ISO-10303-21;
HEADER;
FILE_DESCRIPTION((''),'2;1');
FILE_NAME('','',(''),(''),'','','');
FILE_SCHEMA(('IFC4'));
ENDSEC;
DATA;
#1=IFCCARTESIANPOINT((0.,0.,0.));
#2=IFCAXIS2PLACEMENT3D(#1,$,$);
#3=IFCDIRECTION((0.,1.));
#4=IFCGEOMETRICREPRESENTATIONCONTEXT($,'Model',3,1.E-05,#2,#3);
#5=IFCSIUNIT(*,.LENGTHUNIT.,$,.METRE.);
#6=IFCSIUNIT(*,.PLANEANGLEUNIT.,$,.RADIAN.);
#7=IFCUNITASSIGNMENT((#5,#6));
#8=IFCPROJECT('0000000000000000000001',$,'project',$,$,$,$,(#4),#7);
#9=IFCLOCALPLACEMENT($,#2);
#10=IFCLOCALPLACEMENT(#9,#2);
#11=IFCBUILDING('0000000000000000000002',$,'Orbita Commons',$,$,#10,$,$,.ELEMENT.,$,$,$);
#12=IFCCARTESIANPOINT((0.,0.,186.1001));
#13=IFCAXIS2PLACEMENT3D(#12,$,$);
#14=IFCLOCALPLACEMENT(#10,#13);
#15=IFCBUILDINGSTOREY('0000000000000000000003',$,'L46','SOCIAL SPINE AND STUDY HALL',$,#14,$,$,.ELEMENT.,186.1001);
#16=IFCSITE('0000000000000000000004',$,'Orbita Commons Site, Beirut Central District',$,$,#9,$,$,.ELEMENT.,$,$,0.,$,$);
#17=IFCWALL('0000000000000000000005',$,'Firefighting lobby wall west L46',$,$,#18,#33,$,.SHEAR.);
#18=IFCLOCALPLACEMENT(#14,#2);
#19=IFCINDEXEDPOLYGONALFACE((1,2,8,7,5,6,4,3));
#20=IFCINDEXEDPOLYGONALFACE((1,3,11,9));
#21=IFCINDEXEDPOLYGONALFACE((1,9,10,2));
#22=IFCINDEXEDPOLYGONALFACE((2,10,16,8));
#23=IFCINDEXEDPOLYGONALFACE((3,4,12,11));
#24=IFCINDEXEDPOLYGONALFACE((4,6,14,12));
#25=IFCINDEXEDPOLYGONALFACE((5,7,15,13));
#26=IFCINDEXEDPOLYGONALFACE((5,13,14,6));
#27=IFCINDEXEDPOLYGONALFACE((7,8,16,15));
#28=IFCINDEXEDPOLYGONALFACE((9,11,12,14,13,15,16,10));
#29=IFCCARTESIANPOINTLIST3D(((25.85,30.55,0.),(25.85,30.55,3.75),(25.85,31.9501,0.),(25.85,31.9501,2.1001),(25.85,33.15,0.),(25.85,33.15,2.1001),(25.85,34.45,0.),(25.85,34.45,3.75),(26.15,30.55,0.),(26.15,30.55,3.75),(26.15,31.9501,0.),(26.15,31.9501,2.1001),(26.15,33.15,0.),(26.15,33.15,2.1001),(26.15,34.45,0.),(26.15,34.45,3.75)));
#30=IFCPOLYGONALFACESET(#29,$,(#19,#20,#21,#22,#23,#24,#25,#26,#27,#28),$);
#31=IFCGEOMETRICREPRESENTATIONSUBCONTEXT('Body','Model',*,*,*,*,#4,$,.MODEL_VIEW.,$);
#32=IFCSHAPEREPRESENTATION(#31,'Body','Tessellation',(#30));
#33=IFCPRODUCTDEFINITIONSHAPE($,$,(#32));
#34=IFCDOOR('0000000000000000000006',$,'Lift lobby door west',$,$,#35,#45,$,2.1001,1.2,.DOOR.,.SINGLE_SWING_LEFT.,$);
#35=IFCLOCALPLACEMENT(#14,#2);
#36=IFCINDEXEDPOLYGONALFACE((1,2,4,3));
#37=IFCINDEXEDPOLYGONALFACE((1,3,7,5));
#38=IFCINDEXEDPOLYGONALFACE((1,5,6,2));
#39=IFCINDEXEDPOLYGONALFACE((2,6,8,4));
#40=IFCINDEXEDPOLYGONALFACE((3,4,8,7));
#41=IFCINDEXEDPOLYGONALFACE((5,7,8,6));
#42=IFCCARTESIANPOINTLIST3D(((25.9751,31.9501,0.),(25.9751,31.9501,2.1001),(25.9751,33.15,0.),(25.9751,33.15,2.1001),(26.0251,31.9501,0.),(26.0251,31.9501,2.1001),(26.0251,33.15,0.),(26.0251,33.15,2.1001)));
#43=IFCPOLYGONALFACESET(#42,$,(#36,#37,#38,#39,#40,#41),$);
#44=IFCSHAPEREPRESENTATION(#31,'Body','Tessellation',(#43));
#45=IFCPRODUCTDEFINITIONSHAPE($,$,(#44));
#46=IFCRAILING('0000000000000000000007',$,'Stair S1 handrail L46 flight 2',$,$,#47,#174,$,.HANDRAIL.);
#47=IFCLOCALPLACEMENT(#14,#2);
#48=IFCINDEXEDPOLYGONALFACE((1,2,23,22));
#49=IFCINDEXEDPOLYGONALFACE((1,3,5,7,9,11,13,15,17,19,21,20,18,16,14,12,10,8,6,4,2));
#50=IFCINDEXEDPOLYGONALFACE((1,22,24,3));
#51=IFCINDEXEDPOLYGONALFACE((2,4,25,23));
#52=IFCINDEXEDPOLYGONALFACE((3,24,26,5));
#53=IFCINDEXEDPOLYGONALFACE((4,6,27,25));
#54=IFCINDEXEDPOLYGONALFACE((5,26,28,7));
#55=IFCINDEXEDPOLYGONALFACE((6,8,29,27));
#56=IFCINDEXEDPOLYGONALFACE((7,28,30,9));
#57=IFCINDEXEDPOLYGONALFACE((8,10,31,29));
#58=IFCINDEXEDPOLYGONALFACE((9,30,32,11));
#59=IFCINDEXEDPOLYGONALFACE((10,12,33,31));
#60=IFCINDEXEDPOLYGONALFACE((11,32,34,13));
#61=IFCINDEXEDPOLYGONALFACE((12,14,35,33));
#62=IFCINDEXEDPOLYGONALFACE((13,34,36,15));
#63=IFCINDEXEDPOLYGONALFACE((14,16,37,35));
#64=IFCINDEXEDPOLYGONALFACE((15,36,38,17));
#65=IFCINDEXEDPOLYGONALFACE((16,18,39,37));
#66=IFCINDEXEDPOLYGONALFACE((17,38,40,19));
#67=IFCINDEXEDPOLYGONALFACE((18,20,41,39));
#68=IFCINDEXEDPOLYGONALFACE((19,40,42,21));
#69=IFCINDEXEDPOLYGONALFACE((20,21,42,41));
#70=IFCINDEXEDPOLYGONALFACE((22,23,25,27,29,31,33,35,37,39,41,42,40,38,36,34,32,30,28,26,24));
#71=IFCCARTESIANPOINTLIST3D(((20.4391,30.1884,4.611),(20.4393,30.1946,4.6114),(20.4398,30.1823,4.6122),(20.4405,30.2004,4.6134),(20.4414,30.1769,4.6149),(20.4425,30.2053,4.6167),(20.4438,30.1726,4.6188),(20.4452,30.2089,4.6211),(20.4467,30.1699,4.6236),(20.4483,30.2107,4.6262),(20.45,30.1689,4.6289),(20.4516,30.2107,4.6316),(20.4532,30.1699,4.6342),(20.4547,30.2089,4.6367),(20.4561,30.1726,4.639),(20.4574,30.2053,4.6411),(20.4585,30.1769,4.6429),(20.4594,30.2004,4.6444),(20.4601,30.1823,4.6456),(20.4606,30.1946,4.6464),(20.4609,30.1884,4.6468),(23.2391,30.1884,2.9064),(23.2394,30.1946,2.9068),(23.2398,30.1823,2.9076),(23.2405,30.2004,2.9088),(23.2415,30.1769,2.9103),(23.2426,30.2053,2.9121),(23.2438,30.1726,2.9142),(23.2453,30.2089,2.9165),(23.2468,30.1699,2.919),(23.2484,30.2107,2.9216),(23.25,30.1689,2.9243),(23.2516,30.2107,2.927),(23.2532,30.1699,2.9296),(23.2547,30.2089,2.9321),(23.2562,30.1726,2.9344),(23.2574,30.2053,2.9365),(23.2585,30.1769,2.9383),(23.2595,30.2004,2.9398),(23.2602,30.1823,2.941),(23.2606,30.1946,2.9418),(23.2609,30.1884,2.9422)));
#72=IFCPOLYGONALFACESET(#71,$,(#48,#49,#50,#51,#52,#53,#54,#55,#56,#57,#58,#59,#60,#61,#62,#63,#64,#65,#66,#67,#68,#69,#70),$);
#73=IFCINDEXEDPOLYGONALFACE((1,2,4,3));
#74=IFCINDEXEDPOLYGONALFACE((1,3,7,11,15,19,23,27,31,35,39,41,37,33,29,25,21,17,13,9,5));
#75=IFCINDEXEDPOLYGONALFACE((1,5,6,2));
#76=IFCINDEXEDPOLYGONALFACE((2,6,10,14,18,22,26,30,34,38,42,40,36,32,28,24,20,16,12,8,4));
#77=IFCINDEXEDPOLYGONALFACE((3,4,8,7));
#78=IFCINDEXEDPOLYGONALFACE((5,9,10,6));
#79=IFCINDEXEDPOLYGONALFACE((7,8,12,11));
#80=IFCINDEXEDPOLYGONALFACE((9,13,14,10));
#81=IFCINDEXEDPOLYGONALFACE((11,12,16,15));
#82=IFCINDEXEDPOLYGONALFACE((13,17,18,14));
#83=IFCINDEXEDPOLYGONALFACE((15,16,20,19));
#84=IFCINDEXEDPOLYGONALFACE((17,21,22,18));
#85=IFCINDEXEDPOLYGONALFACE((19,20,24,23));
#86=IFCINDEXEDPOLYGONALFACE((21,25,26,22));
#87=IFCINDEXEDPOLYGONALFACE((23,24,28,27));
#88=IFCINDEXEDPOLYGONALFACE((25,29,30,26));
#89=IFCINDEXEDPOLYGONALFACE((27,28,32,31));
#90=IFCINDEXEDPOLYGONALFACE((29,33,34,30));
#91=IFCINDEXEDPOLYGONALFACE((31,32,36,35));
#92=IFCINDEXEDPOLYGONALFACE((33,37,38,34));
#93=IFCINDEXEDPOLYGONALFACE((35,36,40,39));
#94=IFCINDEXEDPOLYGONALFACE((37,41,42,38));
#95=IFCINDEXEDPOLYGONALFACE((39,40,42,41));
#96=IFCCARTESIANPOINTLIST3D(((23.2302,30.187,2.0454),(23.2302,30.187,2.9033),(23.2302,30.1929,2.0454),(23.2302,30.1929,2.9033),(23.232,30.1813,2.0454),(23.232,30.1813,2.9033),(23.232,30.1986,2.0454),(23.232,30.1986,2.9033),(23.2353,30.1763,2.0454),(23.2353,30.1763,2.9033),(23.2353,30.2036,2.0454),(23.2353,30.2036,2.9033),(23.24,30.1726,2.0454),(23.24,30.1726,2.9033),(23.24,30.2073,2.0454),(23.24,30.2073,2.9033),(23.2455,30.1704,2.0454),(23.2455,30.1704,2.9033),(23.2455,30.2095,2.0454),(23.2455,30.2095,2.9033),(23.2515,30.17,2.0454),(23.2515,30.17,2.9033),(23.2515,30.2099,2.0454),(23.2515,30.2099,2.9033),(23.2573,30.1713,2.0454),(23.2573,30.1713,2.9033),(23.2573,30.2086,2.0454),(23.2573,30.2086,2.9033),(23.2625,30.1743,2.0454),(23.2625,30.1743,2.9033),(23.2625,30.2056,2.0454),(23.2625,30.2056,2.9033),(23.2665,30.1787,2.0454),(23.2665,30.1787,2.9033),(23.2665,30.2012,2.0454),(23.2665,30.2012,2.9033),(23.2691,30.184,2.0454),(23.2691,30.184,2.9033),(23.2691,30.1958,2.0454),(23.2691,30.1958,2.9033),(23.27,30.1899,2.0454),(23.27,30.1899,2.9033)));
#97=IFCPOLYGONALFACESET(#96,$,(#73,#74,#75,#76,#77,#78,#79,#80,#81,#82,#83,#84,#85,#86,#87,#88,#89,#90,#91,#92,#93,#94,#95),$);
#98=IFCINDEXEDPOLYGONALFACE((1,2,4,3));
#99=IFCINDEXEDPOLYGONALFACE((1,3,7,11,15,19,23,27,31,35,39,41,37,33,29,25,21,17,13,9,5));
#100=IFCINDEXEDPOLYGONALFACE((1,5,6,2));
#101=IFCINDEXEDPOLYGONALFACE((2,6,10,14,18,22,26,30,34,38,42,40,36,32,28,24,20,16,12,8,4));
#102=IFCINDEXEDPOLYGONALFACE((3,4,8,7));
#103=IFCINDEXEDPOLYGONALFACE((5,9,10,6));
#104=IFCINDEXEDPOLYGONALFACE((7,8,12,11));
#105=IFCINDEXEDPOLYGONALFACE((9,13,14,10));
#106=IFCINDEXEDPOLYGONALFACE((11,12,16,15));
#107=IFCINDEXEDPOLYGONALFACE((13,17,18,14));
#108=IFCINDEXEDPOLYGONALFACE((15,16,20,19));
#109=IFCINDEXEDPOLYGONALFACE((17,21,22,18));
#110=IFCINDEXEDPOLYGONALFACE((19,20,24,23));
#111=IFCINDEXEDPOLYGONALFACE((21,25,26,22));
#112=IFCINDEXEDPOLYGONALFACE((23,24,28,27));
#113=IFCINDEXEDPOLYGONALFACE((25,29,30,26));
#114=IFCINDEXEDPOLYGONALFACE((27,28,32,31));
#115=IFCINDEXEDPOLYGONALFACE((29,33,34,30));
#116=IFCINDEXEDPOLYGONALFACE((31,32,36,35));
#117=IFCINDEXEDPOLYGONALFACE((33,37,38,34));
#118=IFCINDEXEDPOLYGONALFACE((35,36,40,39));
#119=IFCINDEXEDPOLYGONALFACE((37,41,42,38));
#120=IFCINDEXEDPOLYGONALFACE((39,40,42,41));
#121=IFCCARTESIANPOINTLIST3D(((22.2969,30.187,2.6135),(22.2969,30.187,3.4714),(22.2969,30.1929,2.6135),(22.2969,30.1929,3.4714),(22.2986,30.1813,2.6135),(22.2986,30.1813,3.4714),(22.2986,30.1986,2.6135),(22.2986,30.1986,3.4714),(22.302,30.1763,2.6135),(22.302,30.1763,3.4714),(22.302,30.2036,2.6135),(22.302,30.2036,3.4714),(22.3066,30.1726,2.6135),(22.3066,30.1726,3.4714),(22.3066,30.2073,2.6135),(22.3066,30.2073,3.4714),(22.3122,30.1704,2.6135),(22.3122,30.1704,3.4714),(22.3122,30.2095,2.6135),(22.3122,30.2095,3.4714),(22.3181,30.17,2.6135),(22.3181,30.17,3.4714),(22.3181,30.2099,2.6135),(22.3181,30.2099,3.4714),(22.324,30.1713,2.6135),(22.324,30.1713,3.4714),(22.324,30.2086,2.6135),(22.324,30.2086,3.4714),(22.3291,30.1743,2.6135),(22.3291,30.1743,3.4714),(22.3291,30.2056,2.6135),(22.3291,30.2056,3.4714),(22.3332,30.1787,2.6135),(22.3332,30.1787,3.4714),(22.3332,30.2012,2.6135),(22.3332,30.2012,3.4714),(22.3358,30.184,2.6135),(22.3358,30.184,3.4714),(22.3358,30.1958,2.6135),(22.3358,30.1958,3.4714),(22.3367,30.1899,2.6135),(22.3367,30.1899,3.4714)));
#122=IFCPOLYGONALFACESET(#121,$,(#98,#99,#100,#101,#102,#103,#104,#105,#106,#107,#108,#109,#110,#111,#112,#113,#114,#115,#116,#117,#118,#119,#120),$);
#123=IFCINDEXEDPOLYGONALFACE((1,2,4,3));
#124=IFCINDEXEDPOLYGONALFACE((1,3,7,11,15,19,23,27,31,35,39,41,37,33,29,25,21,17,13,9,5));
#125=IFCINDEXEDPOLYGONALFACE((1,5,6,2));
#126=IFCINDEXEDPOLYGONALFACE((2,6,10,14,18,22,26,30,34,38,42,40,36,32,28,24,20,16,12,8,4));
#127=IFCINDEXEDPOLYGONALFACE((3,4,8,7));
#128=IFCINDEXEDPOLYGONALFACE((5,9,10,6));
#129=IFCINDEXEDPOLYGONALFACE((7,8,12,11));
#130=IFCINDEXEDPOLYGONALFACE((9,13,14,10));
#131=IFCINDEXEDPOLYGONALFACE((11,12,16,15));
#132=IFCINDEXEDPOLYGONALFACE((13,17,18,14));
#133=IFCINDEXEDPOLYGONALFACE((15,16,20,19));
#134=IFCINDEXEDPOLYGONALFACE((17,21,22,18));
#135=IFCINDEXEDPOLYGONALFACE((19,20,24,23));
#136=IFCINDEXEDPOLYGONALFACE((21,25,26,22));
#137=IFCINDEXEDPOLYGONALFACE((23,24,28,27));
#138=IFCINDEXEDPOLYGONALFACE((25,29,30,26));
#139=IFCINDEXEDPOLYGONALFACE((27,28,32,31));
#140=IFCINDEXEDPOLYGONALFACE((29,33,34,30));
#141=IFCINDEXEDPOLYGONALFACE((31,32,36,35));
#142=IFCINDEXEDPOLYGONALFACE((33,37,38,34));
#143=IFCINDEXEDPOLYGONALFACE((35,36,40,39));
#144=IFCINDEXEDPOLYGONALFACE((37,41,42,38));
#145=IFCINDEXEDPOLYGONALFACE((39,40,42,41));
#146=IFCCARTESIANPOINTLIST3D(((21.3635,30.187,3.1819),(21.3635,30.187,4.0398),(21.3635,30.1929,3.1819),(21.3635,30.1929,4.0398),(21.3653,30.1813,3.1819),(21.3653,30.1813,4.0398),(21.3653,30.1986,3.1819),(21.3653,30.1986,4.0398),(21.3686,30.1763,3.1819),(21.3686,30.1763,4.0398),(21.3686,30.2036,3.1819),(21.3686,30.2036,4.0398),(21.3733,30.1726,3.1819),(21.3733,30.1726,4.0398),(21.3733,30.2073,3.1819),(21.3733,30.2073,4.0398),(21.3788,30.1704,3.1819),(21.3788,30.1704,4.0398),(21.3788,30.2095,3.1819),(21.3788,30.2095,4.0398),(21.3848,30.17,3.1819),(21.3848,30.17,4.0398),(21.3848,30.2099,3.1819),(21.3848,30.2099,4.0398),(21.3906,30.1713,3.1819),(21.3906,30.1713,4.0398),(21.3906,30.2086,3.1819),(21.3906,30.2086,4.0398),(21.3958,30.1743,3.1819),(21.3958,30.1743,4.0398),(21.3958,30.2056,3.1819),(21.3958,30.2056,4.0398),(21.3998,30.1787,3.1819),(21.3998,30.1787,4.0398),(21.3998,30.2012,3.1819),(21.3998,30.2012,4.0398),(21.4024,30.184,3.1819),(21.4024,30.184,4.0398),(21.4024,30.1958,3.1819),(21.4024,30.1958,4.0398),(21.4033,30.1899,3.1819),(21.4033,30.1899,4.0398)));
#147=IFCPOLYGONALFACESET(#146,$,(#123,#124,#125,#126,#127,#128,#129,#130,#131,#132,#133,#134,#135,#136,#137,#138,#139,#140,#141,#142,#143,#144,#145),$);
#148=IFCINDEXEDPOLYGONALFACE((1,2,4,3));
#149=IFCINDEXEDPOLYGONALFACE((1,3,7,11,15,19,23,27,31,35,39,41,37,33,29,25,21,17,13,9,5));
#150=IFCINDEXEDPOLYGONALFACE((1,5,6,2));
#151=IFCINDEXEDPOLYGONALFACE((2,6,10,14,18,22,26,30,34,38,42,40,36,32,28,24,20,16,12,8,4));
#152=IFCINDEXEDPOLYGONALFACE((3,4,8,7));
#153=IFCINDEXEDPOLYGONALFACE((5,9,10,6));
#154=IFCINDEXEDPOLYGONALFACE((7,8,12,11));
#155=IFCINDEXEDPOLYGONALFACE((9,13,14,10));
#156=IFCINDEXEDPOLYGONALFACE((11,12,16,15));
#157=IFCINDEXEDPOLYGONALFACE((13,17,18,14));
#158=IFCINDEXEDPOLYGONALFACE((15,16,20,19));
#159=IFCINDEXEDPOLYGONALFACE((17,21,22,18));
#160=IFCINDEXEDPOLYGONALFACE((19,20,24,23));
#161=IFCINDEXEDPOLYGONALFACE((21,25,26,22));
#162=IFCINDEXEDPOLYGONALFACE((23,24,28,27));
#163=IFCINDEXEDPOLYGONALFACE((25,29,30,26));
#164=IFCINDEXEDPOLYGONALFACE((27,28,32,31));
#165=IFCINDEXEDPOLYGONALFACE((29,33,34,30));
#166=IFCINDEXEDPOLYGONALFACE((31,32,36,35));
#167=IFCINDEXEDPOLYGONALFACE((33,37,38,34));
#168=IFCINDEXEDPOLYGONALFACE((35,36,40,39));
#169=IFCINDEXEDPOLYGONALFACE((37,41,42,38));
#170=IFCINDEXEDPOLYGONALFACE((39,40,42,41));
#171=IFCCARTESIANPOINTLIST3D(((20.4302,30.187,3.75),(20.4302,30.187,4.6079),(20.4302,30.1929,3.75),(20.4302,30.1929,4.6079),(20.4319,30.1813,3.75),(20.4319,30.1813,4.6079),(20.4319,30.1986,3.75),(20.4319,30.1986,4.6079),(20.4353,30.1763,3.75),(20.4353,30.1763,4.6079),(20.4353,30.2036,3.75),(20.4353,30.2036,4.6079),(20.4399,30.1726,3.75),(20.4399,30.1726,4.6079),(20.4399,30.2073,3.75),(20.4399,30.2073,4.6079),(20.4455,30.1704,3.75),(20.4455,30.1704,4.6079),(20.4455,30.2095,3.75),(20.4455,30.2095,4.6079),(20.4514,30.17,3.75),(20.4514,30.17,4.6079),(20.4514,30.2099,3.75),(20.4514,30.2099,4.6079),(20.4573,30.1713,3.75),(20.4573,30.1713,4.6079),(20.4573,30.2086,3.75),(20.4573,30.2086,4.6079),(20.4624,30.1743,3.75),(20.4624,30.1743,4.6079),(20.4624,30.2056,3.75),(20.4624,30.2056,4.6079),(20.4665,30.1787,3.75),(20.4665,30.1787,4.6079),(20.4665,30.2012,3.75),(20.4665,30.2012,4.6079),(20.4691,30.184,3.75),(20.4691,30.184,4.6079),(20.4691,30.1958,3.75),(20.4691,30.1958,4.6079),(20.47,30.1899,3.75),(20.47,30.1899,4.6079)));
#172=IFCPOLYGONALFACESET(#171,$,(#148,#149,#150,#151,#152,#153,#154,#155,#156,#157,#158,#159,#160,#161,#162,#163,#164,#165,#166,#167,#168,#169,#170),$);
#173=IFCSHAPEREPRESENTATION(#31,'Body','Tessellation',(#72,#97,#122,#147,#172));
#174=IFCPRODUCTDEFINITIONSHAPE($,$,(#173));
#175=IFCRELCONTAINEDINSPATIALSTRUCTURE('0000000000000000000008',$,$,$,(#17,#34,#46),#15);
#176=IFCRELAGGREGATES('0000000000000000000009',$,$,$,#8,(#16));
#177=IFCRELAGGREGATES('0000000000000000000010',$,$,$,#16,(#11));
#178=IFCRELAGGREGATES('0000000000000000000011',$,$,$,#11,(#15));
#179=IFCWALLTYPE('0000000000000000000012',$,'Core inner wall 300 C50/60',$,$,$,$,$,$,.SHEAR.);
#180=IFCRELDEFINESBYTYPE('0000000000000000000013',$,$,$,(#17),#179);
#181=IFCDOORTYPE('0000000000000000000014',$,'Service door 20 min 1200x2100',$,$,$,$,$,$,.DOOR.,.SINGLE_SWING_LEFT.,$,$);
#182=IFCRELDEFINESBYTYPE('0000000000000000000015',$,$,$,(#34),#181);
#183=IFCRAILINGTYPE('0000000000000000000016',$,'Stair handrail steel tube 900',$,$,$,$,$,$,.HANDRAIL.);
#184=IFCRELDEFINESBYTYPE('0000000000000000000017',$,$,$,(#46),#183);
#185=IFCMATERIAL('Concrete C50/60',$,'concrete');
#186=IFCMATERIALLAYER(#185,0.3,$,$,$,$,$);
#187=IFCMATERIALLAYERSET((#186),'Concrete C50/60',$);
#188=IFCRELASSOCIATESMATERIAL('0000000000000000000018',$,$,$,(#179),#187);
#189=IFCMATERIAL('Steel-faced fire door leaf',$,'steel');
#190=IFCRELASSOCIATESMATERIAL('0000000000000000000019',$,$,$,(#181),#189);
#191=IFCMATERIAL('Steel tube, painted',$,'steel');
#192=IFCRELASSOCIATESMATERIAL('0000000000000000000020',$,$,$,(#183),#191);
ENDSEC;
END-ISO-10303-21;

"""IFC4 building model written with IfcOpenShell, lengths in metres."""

from ifc_helpers import new_model, si_unit, direction, frame, frame_2d, origin, origin_2d, place, context, subcontext, project, spatial, rectangle, circle, extrude, material, layer, layer_set, type_object, element, fill, save


model = new_model("IFC4")

# Units and contexts
model_context = context("Model", 3, precision=1e-05, world=origin(), true_north=direction((0.0, 1.0)))
body_context = subcontext(model_context, "Body", "Model", "MODEL_VIEW")
ifc_project = project(units=[si_unit("LENGTHUNIT", "METRE"), si_unit("PLANEANGLEUNIT", "RADIAN")], contexts=[model_context])

# Site, building, storey
site_placement = place(None, origin())
site = spatial("IfcSite", under=ifc_project, at=site_placement, Name="Orbita Commons Site, Beirut Central District", CompositionType="ELEMENT", RefElevation=0.0)
building_placement = place(site_placement, origin())
building = spatial("IfcBuilding", under=site, at=building_placement, Name="Orbita Commons", CompositionType="ELEMENT")
storey_placement = place(building_placement, frame((0.0, 0.0, 186.1001)))
storey = spatial("IfcBuildingStorey", under=building, at=storey_placement, Name="L46", Description="SOCIAL SPINE AND STUDY HALL", CompositionType="ELEMENT", Elevation=186.1001)

# Shared definitions
ifc_material_1 = material(Name="Concrete C50/60", Category="concrete")
ifc_layer = layer(ifc_material_1, 0.3)
ifc_layer_set = layer_set([ifc_layer], Name="Concrete C50/60")
wall_type = type_object("IfcWallType", Name="Core inner wall 300 C50/60", PredefinedType="SHEAR", material=ifc_layer_set)

# Wall, opening, door
wall_1_placement = place(storey_placement, frame((26.0, 30.55, 0.0), z_axis=(0.0, 0.0, 1.0), x_axis=(0.0, 1.0, 0.0)))
wall_1 = element("IfcWall", 1, at=wall_1_placement, inside=storey, type_object=wall_type, Name="Firefighting lobby wall west L46", PredefinedType="SHEAR", context=body_context, shape_type="SweptSolid", body=[
    extrude(rectangle(XDim=3.8999, YDim=0.3, at=frame_2d((1.95, 0.0))), origin(), (0.0, 0.0, 1.0), 3.75),
])
opening_1_placement = place(wall_1_placement, frame((1.3999, 0.0, 0.0)))
opening_1 = element("IfcOpeningElement", 2, at=opening_1_placement, cuts=wall_1, PredefinedType="OPENING", context=body_context, shape_type="SweptSolid", body=[
    extrude(rectangle(XDim=1.2, YDim=2.1001, at=frame_2d((0.6001, 1.05))), frame((0.0, 0.1599, 0.0), z_axis=(0.0, -1.0, 0.0), x_axis=(1.0, 0.0, 0.0)), (0.0, 0.0, 1.0), 0.3201),
])
ifc_material_2 = material(Name="Steel-faced fire door leaf", Category="steel")
door_type_1 = type_object("IfcDoorType", Name="Service door 20 min 1200x2100", OperationType="SINGLE_SWING_LEFT", PredefinedType="DOOR", material=ifc_material_2)
door_1_placement = place(opening_1_placement, origin())
door_1 = element("IfcDoor", 3, at=door_1_placement, inside=storey, type_object=door_type_1, Name="Lift lobby door west", OperationType="SINGLE_SWING_LEFT", OverallHeight=2.1001, OverallWidth=1.2, PredefinedType="DOOR", context=body_context, shape_type="SweptSolid", body=[
    extrude(rectangle(XDim=1.2, YDim=2.1001, at=frame_2d((0.6001, 1.05))), frame((0.0, 0.0249, 0.0), z_axis=(0.0, -1.0, 0.0), x_axis=(1.0, 0.0, 0.0)), (0.0, 0.0, 1.0), 0.05),
])
fill(opening_1, door_1)

# Railing
ifc_material_3 = material(Name="Steel tube, painted", Category="steel")
railing_type = type_object("IfcRailingType", Name="Stair handrail steel tube 900", PredefinedType="HANDRAIL", material=ifc_material_3)
railing_placement = place(storey_placement, frame((23.25, 30.1899, 2.0454)))
element("IfcRailing", 4, at=railing_placement, inside=storey, type_object=railing_type, Name="Stair S1 handrail L46 flight 2", PredefinedType="HANDRAIL", context=body_context, shape_type="SweptSolid", body=[
    extrude(circle(Radius=0.021, at=origin_2d()), frame((0.0, 0.0, 0.8789), z_axis=(-0.85417, 0.0, 0.519994), x_axis=(0.0, -1.0, 0.0)), (0.0, 0.0, 1.0), 3.2781),
    extrude(circle(Radius=0.02, at=origin_2d()), origin(), (0.0, 0.0, 1.0), 0.8579),
    extrude(circle(Radius=0.02, at=origin_2d()), frame((-0.9333, 0.0, 0.5681)), (0.0, 0.0, 1.0), 0.8579),
    extrude(circle(Radius=0.02, at=origin_2d()), frame((-1.8667, 0.0, 1.1365)), (0.0, 0.0, 1.0), 0.8579),
    extrude(circle(Radius=0.02, at=origin_2d()), frame((-2.8, 0.0, 1.7046)), (0.0, 0.0, 1.0), 0.8579),
])

save(model, "model.ifc")
